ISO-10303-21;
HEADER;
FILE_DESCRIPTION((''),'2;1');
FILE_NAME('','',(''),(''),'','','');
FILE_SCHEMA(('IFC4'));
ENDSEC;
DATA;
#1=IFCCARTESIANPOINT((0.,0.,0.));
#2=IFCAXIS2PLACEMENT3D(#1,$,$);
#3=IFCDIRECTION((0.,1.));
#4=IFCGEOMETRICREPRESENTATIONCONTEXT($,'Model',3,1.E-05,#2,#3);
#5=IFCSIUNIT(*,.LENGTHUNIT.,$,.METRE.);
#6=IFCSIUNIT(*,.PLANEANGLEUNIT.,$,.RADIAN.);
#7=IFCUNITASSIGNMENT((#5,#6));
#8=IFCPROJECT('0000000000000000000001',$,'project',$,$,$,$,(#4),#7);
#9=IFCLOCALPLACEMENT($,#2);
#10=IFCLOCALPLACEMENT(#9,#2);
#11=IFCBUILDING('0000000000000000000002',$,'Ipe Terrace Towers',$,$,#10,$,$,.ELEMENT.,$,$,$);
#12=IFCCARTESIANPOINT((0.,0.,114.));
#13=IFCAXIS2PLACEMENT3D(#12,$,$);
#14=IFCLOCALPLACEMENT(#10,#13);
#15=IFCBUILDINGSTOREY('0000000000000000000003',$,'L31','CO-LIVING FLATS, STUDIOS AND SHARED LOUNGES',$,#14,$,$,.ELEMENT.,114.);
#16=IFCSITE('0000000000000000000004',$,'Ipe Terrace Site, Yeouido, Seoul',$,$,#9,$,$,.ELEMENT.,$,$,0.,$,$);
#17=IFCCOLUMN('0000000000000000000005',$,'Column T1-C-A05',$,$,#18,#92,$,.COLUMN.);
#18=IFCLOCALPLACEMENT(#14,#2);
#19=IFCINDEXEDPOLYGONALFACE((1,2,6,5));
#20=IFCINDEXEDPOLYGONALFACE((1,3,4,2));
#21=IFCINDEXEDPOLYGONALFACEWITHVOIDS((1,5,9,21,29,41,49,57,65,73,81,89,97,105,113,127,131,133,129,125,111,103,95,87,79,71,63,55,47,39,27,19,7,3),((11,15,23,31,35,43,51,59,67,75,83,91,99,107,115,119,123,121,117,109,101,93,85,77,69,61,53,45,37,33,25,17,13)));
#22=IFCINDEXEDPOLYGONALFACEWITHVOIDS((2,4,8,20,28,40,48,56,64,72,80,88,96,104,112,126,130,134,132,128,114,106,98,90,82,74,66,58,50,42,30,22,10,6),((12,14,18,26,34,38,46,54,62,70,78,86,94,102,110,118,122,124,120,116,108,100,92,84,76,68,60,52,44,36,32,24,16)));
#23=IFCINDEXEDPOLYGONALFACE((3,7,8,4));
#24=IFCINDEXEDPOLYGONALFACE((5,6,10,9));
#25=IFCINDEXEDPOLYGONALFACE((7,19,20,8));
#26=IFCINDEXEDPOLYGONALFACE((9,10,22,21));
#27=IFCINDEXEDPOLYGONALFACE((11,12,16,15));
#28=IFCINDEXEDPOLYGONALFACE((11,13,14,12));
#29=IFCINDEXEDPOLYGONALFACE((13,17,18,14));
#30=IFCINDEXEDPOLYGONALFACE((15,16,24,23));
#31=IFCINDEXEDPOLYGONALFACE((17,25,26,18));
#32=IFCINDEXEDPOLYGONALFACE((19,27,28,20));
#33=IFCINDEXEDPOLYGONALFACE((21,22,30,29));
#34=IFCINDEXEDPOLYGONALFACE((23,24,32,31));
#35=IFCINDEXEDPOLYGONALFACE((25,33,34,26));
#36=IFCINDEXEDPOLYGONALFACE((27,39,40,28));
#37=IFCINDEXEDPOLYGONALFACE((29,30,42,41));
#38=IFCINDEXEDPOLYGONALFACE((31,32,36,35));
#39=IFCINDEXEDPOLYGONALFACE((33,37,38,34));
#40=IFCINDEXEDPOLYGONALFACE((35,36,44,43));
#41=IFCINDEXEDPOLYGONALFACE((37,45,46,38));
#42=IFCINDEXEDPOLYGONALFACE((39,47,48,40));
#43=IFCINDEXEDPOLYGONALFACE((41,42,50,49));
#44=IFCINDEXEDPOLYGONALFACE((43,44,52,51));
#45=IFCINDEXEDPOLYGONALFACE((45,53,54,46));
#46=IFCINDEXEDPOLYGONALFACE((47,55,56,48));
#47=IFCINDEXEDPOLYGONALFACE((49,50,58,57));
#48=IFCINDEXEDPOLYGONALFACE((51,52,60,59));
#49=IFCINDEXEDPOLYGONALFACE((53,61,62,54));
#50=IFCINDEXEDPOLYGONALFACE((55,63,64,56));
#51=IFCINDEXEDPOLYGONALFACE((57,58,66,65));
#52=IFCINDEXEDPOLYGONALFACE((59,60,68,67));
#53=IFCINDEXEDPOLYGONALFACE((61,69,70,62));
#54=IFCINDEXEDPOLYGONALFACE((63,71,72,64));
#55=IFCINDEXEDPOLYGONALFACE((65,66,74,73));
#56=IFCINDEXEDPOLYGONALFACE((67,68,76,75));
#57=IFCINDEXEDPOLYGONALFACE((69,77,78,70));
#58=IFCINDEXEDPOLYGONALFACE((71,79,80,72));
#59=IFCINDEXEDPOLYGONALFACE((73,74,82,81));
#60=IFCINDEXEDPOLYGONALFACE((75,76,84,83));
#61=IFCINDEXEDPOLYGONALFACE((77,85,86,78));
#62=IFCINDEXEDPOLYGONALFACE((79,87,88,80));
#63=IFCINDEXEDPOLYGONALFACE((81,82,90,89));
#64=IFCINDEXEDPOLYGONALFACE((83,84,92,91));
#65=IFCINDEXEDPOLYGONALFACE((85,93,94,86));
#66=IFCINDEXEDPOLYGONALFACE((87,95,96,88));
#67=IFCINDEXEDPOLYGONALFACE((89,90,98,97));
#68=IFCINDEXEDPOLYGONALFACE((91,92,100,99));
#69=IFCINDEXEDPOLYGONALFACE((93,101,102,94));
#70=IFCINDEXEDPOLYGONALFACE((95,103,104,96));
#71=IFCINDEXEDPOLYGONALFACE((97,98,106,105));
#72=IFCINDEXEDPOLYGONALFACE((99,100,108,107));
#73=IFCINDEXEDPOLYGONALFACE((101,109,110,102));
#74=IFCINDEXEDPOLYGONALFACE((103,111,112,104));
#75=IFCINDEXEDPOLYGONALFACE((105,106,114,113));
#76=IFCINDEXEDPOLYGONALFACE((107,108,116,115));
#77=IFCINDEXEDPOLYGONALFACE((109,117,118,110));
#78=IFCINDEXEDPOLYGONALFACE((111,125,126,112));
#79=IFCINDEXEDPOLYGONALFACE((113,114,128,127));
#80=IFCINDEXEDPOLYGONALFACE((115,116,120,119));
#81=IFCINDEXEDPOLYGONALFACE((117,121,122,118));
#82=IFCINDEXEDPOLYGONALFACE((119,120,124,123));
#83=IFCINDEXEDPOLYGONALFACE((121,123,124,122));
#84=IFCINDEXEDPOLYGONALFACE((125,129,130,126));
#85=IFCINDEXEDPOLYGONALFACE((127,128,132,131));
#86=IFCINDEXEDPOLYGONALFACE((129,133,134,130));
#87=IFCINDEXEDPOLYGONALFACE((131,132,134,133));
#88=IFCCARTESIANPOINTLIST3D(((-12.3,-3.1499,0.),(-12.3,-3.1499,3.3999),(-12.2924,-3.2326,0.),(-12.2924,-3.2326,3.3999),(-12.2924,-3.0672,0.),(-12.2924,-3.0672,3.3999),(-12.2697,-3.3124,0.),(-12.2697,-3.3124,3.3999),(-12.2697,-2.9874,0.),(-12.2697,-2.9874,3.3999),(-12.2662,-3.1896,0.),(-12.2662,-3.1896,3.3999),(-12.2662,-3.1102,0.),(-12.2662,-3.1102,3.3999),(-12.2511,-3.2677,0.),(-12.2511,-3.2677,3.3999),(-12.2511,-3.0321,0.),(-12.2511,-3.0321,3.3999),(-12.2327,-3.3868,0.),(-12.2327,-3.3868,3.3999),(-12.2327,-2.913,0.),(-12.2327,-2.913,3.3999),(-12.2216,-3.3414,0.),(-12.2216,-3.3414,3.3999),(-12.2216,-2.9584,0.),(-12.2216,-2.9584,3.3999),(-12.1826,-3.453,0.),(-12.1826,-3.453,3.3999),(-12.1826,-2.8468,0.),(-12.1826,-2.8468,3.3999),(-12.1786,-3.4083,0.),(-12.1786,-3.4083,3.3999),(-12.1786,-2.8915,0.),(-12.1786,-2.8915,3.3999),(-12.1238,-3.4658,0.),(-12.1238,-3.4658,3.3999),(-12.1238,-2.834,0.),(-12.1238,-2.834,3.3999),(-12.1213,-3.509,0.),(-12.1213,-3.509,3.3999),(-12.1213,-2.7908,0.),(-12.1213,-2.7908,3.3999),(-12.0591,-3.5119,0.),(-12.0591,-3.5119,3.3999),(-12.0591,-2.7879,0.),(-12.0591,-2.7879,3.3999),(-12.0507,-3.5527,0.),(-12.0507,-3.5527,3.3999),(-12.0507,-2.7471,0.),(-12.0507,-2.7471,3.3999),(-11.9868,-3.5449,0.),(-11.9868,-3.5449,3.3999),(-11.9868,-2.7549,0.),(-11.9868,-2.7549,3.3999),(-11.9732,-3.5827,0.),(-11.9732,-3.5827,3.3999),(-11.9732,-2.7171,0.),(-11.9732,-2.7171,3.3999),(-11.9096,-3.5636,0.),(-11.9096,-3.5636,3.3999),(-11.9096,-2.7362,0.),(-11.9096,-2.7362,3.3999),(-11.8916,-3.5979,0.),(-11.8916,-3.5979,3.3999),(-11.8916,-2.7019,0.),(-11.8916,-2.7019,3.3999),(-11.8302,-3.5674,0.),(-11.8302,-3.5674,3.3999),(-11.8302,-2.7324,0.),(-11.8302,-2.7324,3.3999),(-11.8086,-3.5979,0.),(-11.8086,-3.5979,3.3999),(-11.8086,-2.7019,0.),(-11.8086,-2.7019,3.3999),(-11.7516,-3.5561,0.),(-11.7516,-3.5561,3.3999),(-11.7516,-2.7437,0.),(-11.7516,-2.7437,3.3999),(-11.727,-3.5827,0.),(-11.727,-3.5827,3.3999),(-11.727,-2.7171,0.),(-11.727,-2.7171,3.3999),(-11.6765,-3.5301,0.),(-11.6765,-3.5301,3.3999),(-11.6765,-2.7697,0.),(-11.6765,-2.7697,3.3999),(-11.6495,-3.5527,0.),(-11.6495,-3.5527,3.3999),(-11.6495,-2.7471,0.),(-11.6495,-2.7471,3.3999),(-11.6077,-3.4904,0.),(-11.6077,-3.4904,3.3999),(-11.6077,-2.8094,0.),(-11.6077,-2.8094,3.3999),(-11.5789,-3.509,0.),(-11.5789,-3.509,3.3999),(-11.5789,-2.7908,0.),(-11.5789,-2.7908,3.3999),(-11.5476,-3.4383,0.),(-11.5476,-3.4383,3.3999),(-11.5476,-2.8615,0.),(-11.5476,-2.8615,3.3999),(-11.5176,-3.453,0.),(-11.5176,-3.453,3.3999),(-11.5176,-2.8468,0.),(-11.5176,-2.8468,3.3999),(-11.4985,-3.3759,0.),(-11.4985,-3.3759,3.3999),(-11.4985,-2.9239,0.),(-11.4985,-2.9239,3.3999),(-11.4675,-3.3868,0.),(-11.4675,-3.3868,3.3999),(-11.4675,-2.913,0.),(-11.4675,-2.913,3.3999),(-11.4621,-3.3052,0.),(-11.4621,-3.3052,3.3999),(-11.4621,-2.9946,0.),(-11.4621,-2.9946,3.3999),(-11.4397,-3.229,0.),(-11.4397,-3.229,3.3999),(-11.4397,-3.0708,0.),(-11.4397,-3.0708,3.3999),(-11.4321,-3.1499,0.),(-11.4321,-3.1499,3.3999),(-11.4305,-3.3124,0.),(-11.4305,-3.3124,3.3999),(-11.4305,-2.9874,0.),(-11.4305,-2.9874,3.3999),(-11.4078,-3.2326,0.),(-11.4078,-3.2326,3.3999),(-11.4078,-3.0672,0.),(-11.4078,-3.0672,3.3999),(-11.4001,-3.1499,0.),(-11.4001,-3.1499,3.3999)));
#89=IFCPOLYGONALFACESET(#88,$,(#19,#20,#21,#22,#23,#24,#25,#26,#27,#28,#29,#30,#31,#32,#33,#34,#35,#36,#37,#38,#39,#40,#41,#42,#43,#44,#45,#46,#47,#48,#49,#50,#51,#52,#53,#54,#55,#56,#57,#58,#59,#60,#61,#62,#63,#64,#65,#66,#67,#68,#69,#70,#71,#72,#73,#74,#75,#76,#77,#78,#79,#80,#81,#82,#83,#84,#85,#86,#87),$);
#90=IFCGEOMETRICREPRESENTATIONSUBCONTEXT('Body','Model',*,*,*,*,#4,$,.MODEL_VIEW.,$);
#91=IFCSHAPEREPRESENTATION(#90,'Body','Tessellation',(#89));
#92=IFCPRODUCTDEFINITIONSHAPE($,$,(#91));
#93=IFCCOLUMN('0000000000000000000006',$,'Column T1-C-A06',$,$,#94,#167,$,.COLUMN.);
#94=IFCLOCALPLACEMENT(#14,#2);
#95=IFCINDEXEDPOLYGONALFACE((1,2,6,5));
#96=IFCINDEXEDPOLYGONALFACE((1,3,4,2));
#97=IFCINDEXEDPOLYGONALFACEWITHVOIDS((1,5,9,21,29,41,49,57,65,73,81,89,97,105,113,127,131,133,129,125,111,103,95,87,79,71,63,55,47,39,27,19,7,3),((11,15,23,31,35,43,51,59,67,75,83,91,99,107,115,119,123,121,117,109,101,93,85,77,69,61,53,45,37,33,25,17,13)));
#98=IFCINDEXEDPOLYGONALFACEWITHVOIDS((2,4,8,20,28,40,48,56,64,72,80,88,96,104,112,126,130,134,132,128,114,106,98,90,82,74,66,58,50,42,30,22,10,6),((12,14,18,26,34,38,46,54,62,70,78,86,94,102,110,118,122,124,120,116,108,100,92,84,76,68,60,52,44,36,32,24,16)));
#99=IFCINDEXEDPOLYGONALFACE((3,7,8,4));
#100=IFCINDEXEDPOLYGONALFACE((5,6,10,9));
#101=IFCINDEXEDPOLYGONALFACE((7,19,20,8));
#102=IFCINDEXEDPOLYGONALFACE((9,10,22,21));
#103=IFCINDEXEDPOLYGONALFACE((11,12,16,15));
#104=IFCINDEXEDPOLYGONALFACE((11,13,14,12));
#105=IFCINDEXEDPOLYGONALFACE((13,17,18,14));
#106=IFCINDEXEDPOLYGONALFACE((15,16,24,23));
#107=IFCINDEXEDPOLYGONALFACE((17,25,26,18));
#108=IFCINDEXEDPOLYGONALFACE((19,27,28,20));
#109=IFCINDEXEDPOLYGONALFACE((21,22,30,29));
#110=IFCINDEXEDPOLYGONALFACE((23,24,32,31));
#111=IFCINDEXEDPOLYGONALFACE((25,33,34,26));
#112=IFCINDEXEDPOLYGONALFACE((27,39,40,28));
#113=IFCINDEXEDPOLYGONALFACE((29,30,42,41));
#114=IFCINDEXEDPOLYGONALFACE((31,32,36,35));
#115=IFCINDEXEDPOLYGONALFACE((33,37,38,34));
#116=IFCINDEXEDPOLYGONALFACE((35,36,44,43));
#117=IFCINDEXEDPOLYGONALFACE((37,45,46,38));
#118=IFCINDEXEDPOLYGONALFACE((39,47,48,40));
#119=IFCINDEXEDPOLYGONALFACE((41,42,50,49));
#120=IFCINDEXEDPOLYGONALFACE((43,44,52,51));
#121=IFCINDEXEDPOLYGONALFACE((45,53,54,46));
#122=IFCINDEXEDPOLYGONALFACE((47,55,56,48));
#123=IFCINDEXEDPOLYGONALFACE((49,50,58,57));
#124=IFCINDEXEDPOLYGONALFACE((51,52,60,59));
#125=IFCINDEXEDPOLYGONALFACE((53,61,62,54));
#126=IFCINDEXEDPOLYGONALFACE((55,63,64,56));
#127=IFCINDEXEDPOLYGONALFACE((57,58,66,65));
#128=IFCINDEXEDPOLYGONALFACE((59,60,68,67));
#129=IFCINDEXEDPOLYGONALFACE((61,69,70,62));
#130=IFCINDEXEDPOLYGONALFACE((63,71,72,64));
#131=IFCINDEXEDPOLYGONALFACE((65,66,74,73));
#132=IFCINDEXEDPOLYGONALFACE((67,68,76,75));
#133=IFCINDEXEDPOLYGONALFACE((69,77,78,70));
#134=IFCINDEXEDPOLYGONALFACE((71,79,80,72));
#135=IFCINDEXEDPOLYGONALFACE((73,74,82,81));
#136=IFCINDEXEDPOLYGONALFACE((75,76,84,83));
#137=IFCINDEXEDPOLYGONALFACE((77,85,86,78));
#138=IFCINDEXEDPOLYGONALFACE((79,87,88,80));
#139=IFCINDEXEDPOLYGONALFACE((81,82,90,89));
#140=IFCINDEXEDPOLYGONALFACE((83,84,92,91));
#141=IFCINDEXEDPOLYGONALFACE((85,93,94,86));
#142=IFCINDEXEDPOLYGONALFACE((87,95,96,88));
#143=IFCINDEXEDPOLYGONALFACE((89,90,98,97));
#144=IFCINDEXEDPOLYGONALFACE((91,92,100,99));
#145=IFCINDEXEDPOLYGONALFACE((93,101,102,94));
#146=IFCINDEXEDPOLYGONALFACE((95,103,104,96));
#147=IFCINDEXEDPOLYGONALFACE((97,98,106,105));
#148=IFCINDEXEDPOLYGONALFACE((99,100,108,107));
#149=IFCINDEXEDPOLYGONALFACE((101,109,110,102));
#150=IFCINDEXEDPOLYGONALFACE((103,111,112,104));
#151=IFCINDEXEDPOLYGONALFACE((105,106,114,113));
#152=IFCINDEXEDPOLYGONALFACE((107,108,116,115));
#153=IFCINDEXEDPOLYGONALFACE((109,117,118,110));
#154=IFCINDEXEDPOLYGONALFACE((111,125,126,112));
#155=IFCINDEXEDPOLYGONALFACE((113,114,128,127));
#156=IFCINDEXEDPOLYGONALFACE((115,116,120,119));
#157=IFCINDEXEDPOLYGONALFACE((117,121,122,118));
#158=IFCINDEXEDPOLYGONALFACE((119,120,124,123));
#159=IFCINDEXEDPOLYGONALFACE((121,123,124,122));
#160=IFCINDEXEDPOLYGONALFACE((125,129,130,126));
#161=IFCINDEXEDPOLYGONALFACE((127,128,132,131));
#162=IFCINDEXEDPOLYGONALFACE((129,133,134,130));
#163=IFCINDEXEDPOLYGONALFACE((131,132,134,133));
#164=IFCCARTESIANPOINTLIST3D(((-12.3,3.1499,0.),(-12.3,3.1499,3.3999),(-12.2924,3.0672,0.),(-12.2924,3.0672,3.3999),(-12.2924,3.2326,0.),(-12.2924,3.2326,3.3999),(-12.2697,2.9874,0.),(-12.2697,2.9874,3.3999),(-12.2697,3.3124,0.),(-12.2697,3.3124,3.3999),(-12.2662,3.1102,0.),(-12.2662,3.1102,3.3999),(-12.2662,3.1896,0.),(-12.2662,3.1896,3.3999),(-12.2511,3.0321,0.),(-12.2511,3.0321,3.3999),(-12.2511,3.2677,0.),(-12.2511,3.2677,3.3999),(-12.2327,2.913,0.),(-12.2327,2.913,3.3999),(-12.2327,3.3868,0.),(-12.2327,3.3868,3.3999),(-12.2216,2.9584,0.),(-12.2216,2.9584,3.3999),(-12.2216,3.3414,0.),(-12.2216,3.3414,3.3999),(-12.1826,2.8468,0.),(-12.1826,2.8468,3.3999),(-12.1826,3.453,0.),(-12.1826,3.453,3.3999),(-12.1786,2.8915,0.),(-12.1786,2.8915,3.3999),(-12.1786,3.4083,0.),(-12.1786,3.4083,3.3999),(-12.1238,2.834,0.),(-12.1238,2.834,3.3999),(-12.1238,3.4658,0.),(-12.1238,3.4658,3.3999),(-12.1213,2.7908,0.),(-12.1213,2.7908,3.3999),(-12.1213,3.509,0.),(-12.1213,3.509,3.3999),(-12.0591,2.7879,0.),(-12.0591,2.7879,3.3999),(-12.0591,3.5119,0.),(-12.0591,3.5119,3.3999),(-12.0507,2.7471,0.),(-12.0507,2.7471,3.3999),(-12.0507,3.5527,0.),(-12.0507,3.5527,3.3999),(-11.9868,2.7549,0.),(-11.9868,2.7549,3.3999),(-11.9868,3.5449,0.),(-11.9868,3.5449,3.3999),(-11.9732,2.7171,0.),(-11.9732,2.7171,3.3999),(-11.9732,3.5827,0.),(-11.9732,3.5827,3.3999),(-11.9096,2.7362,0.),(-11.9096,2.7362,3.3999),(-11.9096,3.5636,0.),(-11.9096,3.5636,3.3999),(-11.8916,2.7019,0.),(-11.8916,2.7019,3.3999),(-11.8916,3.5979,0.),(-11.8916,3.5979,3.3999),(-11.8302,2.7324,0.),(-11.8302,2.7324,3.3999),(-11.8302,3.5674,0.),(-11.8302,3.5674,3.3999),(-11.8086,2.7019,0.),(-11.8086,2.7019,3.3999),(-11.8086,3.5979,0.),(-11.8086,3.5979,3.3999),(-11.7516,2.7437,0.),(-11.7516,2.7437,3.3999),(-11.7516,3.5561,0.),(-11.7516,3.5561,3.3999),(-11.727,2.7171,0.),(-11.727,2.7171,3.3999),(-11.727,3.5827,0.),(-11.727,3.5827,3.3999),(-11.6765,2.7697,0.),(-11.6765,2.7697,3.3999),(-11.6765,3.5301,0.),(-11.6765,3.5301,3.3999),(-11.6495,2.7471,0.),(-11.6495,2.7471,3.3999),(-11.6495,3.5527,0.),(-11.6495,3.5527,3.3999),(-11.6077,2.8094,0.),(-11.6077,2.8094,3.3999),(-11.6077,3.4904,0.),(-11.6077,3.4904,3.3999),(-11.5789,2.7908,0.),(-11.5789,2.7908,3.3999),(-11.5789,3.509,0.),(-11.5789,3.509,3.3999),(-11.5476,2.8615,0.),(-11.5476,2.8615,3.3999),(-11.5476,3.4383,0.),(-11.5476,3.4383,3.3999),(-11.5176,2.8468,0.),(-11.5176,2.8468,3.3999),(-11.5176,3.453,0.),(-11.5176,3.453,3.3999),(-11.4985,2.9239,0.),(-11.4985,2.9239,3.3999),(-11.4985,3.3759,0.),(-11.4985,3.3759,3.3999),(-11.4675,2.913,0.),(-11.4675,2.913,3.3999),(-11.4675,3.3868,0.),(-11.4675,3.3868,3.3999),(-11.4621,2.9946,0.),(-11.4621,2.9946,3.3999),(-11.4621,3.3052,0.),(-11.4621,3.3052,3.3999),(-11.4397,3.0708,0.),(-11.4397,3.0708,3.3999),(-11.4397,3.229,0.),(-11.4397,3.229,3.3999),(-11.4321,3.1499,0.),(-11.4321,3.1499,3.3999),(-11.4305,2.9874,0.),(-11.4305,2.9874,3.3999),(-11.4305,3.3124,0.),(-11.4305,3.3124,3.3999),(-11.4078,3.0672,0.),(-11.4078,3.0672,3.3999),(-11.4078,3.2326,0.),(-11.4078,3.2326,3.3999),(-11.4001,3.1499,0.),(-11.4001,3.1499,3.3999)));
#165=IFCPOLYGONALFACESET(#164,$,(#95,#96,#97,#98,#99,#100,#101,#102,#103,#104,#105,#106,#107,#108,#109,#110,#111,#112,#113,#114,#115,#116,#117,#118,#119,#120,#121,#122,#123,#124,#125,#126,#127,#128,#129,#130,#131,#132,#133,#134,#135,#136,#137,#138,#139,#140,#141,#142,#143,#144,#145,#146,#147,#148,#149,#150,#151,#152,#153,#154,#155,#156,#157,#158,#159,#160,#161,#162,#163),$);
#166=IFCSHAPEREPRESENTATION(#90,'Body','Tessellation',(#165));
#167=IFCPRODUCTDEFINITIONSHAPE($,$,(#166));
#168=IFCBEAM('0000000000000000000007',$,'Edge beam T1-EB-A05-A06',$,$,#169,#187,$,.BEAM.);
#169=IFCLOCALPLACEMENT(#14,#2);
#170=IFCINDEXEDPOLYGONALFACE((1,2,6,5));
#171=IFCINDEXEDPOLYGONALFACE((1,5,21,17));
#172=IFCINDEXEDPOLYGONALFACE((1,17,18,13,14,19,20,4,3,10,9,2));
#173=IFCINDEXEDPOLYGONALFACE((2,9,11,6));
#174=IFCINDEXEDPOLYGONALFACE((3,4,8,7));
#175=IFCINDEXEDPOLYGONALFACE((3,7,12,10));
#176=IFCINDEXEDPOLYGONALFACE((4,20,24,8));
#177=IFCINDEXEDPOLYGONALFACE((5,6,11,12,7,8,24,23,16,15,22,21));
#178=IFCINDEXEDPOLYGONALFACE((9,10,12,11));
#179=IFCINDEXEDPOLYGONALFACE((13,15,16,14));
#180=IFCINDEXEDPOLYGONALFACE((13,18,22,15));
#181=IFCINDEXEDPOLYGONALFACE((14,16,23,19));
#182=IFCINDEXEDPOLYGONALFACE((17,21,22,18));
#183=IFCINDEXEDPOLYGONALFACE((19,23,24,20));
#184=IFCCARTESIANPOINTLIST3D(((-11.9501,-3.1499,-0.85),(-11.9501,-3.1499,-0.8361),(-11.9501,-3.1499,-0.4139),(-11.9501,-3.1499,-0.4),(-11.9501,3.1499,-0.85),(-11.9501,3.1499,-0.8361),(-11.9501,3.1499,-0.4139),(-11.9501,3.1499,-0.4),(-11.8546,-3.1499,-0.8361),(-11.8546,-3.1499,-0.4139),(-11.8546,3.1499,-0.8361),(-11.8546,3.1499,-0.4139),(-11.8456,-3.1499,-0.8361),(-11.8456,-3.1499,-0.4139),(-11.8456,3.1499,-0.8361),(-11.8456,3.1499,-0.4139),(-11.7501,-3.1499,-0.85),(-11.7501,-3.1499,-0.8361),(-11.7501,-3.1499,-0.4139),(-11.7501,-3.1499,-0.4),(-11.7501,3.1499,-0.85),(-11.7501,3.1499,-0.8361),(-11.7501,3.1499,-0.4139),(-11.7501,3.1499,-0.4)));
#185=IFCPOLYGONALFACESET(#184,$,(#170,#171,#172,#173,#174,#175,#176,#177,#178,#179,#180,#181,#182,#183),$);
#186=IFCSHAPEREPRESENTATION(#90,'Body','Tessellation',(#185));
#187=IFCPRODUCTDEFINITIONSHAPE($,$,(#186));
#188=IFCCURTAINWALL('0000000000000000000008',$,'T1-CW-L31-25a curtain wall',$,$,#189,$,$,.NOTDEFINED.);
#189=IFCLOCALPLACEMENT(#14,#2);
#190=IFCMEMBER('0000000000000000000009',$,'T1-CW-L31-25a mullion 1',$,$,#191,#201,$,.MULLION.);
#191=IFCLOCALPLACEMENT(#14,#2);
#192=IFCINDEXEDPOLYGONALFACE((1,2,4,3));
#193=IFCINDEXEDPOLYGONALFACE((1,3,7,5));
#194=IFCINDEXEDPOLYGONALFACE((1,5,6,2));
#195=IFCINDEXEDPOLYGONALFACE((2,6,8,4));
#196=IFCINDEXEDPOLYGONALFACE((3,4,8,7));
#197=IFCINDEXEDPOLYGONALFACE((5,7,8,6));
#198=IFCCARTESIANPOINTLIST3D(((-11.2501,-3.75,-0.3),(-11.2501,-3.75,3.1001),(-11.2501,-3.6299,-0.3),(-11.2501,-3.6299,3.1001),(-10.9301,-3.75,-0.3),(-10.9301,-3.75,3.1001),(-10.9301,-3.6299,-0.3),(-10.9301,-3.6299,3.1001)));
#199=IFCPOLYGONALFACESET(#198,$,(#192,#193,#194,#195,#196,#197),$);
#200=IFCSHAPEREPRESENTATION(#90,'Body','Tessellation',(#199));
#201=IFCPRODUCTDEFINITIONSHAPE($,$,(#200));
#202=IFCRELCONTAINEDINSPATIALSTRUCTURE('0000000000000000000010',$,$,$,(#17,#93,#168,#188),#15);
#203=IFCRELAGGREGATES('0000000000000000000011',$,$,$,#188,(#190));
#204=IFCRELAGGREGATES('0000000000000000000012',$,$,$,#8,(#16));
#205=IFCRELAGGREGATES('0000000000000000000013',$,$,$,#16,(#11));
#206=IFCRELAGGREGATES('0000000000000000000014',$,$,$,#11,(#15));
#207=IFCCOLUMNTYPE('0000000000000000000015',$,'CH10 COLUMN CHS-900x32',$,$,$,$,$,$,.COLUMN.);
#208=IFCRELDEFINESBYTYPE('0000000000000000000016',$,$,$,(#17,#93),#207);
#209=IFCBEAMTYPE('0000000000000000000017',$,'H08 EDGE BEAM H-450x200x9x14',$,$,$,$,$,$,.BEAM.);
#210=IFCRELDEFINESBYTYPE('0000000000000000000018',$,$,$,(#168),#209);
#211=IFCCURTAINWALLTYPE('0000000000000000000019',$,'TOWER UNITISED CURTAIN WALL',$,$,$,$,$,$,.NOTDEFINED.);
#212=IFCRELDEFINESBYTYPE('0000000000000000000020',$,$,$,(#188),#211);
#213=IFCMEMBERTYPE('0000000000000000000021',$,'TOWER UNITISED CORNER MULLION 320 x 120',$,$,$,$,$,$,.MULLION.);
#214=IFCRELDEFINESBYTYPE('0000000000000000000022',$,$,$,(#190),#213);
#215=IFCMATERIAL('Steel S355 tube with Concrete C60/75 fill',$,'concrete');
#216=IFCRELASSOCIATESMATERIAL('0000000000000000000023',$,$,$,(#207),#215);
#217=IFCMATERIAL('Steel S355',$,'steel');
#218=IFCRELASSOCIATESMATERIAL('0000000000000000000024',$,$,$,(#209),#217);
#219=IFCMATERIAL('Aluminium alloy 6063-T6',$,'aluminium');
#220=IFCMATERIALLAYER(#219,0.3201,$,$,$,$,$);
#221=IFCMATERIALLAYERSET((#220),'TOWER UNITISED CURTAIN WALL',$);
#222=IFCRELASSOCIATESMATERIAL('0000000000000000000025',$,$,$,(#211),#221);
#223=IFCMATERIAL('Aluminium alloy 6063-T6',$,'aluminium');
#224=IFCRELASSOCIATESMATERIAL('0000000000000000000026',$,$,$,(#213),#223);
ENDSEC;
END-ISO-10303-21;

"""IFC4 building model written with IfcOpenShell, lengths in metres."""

from ifc_helpers import new_model, si_unit, direction, frame, origin, origin_2d, place, context, subcontext, project, spatial, rectangle, hollow_circle, i_section, extrude, material, layer, layer_set, material_profile, profile_set, type_object, element, aggregate, save


model = new_model("IFC4")

# Units and contexts
model_context = context("Model", 3, precision=1e-05, world=origin(), true_north=direction((0.0, 1.0)))
body_context = subcontext(model_context, "Body", "Model", "MODEL_VIEW")
ifc_project = project(units=[si_unit("LENGTHUNIT", "METRE"), si_unit("PLANEANGLEUNIT", "RADIAN")], contexts=[model_context])

# Site, building, storey
site_placement = place(None, origin())
site = spatial("IfcSite", under=ifc_project, at=site_placement, Name="Ipe Terrace Site, Yeouido, Seoul", CompositionType="ELEMENT", RefElevation=0.0)
building_placement = place(site_placement, origin())
building = spatial("IfcBuilding", under=site, at=building_placement, Name="Ipe Terrace Towers", CompositionType="ELEMENT")
storey_placement = place(building_placement, frame((0.0, 0.0, 114.0)))
storey = spatial("IfcBuildingStorey", under=building, at=storey_placement, Name="L31", Description="CO-LIVING FLATS, STUDIOS AND SHARED LOUNGES", CompositionType="ELEMENT", Elevation=114.0)

# Columns
ifc_material_1 = material(Name="Steel S355 tube with Concrete C60/75 fill", Category="concrete")
ifc_material_profile_1 = material_profile(ifc_material_1, hollow_circle(Radius=0.45, WallThickness=0.032, at=origin_2d()), Name="CHS-900x32")
ifc_profile_set_1 = profile_set([ifc_material_profile_1], Name="Steel S355 tube with Concrete C60/75 fill")
column_type = type_object("IfcColumnType", Name="CH10 COLUMN CHS-900x32", PredefinedType="COLUMN", material=ifc_profile_set_1)
for number, where, z_axis, x_axis, name in (
    (1, (-11.8501, -3.1499, 0.0), (0.0, 0.0, 1.0), (1.0, 0.0, 0.0), "Column T1-C-A05"),
    (2, (-11.8501, 3.1499, 0.0), (0.0, 0.0, 1.0), (1.0, 0.0, 0.0), "Column T1-C-A06"),
):
    element("IfcColumn", number, at=place(storey_placement, frame(where, z_axis=z_axis, x_axis=x_axis)), inside=storey, type_object=column_type, Name=name, PredefinedType="COLUMN", context=body_context, shape_type="SweptSolid", body=[
        extrude(hollow_circle(Radius=0.45, WallThickness=0.032, at=origin_2d()), origin(), (0.0, 0.0, 1.0), 3.3999),
    ])

# Beam
ifc_material_2 = material(Name="Steel S355", Category="steel")
ifc_material_profile_2 = material_profile(ifc_material_2, i_section(OverallWidth=0.2, OverallDepth=0.45, WebThickness=0.009, FlangeThickness=0.0139, at=origin_2d()), Name="H-450x200x9x14")
ifc_profile_set_2 = profile_set([ifc_material_profile_2], Name="Steel S355")
beam_type = type_object("IfcBeamType", Name="H08 EDGE BEAM H-450x200x9x14", PredefinedType="BEAM", material=ifc_profile_set_2)
beam_placement = place(storey_placement, frame((-11.8501, -3.1499, -0.625), z_axis=(0.0, 1.0, 0.0), x_axis=(-1.0, 0.0, 0.0)))
element("IfcBeam", 3, at=beam_placement, inside=storey, type_object=beam_type, Name="Edge beam T1-EB-A05-A06", PredefinedType="BEAM", context=body_context, shape_type="SweptSolid", body=[
    extrude(i_section(OverallWidth=0.2, OverallDepth=0.45, WebThickness=0.009, FlangeThickness=0.0139, at=origin_2d()), origin(), (0.0, 0.0, 1.0), 6.2998),
])

# Curtain wall, member
ifc_material_3 = material(Name="Aluminium alloy 6063-T6", Category="aluminium")
ifc_layer_1 = layer(ifc_material_3, 0.3201)
ifc_layer_set_1 = layer_set([ifc_layer_1], Name="TOWER UNITISED CURTAIN WALL")
curtain_wall_type = type_object("IfcCurtainWallType", Name="TOWER UNITISED CURTAIN WALL", PredefinedType="NOTDEFINED", material=ifc_layer_set_1)
curtain_wall_placement = place(storey_placement, origin())
curtain_wall = element("IfcCurtainWall", 4, at=curtain_wall_placement, inside=storey, type_object=curtain_wall_type, Name="T1-CW-L31-25a curtain wall", PredefinedType="NOTDEFINED")
ifc_material_4 = material(Name="Aluminium alloy 6063-T6", Category="aluminium")
ifc_material_profile_3 = material_profile(ifc_material_4, rectangle(XDim=0.3201, YDim=0.1201, at=origin_2d()), Name="TOWER UNITISED CORNER MULLION 320 x 120")
ifc_profile_set_3 = profile_set([ifc_material_profile_3], Name="Aluminium alloy 6063-T6")
member_type_1 = type_object("IfcMemberType", Name="TOWER UNITISED CORNER MULLION 320 x 120", PredefinedType="MULLION", material=ifc_profile_set_3)
member_1_placement = place(storey_placement, frame((-11.0901, -3.6899, -0.3), z_axis=(0.0, 0.0, 1.0), x_axis=(1.0, 0.0, 0.0)))
member_1 = element("IfcMember", 5, at=member_1_placement, type_object=member_type_1, Name="T1-CW-L31-25a mullion 1", PredefinedType="MULLION", context=body_context, shape_type="SweptSolid", body=[
    extrude(rectangle(XDim=0.3201, YDim=0.1201, at=origin_2d()), origin(), (0.0, 0.0, 1.0), 3.4001),
])

aggregate(curtain_wall, [member_1])

save(model, "model.ifc")
